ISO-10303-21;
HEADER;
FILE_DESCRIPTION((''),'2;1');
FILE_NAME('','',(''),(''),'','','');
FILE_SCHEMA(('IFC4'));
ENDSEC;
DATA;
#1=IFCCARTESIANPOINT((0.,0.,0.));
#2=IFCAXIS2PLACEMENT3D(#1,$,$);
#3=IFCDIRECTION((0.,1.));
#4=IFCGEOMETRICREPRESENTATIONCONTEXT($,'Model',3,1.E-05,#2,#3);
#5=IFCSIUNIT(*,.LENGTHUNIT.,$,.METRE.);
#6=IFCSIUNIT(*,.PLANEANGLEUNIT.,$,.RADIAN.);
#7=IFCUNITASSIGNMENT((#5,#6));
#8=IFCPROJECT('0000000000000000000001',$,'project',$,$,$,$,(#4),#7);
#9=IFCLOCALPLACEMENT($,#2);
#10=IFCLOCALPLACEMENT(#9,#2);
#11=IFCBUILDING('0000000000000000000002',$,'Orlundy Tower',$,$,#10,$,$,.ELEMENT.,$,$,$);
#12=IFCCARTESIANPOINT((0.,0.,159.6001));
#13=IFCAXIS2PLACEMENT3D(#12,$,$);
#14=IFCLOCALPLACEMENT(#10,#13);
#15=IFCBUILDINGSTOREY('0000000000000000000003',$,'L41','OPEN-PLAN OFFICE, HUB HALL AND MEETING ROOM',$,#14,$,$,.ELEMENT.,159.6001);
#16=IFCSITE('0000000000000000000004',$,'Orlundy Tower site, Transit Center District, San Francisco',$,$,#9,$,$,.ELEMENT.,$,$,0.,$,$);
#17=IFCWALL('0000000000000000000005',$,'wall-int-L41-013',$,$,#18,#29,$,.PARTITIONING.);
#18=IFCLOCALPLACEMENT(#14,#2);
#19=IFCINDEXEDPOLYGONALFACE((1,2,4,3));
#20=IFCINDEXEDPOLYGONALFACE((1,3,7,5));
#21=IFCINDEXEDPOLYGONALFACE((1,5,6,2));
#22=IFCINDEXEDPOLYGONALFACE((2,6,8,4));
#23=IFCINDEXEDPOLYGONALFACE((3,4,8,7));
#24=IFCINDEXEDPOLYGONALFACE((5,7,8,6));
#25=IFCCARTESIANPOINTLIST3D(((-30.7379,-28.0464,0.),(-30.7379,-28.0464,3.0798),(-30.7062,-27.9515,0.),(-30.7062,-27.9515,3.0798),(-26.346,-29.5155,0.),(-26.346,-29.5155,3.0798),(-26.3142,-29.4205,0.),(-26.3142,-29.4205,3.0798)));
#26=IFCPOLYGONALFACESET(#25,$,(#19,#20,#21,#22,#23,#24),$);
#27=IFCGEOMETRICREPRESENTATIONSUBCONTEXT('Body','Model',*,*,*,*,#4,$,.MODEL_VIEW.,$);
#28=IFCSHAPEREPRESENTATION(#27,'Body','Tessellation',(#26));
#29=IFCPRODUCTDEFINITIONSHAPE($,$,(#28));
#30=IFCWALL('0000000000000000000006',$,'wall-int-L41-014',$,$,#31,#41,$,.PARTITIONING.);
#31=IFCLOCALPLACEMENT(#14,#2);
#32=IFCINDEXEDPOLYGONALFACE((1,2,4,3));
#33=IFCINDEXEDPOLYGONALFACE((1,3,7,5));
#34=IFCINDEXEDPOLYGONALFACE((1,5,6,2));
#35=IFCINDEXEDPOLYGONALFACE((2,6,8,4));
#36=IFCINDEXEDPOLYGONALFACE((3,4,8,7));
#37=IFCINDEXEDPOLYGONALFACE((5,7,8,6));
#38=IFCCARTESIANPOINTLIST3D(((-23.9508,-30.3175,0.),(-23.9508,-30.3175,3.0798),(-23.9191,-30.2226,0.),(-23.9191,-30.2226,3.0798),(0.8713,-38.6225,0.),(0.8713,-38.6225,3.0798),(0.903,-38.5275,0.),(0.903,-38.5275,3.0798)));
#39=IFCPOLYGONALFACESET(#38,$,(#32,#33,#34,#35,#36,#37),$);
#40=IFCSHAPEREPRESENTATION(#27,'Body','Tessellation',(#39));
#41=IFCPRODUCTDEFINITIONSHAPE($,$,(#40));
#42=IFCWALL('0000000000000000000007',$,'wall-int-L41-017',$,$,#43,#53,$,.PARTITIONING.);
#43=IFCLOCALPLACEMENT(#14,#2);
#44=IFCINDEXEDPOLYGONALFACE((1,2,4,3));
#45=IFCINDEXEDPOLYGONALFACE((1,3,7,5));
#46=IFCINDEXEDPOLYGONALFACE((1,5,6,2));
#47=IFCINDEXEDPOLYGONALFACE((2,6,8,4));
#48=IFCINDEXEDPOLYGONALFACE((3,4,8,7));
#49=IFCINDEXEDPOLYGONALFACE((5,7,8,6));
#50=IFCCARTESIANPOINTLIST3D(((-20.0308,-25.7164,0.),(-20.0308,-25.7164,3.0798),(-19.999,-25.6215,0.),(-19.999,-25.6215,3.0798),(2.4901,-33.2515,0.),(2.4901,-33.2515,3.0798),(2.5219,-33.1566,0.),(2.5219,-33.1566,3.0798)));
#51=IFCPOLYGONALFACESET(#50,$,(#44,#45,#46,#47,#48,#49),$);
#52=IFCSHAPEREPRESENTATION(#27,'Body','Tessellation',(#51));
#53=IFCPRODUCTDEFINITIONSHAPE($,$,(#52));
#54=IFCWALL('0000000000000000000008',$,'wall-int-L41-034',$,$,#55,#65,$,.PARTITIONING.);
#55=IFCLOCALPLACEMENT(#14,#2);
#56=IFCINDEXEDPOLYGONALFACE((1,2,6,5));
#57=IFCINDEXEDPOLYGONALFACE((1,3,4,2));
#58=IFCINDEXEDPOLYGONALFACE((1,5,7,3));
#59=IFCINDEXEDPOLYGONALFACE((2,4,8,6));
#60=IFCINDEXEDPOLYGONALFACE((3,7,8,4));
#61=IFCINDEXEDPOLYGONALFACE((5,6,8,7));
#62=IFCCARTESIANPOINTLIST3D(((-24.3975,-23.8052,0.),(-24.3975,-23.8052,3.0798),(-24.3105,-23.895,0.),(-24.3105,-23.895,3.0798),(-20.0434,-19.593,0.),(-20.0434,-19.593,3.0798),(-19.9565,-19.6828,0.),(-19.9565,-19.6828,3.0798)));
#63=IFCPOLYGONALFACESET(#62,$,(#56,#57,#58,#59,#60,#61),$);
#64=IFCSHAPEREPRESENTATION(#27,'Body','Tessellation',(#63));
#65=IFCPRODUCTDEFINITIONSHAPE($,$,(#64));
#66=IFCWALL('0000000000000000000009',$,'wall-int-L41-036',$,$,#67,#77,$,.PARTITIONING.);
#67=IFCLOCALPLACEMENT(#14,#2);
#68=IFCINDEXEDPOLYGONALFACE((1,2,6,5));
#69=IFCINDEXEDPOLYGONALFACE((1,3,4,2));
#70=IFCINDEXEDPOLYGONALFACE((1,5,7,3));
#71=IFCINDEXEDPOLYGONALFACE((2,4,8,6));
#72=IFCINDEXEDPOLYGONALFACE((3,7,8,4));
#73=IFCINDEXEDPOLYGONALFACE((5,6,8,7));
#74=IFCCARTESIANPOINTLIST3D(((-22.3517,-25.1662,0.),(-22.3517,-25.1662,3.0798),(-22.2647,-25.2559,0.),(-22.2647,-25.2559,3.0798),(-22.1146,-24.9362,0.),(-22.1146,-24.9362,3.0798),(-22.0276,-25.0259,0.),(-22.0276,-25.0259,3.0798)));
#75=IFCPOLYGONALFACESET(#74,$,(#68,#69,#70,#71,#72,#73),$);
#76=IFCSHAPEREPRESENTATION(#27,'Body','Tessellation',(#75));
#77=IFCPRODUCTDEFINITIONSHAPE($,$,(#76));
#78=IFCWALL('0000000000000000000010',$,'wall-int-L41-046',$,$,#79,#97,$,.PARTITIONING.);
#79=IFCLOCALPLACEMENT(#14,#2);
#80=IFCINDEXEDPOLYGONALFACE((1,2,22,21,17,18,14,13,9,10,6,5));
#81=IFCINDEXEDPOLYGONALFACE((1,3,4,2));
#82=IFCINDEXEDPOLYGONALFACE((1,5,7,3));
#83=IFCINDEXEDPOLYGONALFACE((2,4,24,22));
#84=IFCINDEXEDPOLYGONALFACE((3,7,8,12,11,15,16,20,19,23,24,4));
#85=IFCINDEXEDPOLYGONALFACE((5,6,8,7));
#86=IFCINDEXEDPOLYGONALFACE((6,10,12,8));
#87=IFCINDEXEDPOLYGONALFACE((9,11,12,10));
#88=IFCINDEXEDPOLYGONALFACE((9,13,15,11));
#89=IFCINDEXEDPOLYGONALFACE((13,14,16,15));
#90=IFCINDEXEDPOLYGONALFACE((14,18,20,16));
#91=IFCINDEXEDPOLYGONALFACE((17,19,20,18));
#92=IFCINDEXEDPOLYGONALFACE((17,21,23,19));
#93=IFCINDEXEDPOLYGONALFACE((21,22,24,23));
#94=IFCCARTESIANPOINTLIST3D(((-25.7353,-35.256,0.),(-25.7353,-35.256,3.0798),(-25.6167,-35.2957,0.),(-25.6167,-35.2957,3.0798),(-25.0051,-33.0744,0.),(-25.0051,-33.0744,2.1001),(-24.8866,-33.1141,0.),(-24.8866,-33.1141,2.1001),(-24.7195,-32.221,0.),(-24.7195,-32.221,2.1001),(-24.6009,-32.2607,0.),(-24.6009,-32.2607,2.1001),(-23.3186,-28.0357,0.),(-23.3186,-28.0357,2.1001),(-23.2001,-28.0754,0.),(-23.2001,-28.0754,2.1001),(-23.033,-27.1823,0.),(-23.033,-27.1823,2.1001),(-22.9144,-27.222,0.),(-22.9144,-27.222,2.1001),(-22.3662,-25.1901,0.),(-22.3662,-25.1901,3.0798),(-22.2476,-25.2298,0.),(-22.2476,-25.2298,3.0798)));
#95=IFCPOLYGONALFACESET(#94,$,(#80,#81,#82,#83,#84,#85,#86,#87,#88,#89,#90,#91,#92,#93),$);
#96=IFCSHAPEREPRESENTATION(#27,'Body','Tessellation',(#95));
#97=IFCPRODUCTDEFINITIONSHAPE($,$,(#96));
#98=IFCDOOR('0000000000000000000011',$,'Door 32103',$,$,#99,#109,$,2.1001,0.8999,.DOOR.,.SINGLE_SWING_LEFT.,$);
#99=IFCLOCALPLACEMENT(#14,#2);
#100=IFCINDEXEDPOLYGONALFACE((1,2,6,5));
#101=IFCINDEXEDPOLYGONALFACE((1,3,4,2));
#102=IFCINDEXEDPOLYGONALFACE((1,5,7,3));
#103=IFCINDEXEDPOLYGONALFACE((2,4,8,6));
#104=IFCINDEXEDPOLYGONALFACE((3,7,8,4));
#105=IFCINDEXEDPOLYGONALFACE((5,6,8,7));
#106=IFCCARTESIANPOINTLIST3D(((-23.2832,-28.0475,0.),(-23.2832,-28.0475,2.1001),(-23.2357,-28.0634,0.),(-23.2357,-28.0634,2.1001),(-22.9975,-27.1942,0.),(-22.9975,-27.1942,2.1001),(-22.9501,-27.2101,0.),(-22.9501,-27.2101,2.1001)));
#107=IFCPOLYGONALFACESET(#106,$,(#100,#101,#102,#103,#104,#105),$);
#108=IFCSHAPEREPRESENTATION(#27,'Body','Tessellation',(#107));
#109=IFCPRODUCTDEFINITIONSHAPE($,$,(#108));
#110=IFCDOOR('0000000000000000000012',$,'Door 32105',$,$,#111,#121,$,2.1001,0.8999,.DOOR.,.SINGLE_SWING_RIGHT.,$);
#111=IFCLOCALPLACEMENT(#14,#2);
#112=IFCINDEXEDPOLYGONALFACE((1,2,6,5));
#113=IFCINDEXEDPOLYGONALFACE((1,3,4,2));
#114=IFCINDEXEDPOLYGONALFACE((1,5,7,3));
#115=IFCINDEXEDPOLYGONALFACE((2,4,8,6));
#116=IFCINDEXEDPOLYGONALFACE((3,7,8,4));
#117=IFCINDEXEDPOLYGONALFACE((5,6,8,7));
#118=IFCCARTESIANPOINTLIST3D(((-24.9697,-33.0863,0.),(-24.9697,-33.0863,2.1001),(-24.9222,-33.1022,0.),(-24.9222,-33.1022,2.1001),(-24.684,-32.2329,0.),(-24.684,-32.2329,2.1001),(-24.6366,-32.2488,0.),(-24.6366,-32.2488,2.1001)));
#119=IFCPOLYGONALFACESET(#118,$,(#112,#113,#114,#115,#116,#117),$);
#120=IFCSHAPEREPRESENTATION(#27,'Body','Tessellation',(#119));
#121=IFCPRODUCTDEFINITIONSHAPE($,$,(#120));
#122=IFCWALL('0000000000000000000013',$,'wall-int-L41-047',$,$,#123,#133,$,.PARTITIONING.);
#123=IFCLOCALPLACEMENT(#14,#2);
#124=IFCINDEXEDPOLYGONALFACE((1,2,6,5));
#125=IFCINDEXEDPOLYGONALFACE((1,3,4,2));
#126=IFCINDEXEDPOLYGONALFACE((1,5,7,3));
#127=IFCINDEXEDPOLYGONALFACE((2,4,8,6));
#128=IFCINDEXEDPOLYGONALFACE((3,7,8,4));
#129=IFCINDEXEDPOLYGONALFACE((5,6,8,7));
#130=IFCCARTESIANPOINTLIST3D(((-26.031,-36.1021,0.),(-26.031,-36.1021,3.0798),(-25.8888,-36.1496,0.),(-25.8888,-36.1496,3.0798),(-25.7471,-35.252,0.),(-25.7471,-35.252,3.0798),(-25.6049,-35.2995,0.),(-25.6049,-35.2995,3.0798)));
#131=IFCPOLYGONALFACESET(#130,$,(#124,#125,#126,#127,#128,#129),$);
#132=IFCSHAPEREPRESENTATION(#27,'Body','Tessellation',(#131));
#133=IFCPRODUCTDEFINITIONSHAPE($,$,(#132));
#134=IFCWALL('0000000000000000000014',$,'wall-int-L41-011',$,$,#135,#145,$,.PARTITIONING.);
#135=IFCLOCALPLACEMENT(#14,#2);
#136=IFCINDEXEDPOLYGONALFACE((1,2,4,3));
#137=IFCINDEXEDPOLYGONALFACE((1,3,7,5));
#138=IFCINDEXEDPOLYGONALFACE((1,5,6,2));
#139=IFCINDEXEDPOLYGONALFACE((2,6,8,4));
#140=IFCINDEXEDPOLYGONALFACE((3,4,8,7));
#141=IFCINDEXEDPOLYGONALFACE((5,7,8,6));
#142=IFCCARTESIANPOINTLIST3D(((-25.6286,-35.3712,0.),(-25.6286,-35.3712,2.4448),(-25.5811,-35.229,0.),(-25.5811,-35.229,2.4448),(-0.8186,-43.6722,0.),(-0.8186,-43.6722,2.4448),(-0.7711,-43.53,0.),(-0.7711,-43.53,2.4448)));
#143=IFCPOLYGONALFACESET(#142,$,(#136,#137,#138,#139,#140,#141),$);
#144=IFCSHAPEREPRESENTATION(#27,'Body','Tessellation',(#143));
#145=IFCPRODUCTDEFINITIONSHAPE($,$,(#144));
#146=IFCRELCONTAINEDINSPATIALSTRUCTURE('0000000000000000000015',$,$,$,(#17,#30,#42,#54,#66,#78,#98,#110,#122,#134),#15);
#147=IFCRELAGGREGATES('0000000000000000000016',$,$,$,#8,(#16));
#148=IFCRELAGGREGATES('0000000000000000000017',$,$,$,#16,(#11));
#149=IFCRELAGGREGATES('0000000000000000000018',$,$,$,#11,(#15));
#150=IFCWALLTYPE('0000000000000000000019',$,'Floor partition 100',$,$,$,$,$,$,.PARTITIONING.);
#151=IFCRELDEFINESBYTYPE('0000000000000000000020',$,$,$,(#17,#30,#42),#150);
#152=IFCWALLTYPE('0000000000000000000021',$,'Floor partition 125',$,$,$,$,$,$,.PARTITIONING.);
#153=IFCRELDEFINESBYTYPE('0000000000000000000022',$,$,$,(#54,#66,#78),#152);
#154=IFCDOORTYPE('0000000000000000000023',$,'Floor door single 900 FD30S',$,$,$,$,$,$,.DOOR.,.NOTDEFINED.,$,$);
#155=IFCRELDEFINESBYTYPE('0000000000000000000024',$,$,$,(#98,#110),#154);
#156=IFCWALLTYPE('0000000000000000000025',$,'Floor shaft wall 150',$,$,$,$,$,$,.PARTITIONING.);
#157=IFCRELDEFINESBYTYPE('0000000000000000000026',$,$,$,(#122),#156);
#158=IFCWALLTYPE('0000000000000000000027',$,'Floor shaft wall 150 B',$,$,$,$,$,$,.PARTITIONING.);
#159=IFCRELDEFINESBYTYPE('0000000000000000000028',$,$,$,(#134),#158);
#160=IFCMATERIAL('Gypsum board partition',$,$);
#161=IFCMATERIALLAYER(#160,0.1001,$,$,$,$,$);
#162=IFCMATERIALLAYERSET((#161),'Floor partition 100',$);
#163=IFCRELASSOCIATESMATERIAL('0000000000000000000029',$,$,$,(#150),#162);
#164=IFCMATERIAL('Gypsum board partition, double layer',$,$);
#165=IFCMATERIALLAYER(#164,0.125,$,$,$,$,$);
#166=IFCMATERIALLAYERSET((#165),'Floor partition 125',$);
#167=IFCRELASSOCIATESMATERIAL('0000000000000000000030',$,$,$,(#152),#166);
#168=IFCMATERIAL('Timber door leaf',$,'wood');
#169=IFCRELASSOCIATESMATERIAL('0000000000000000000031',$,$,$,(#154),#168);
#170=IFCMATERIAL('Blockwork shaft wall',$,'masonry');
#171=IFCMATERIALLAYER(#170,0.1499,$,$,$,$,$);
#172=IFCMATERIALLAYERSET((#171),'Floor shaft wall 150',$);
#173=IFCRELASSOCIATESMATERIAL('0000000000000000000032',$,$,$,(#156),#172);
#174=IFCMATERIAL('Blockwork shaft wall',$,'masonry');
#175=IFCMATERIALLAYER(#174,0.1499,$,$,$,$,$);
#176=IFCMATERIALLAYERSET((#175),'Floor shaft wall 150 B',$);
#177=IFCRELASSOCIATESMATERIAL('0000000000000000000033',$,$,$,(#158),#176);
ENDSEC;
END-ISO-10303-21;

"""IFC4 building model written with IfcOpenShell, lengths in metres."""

from ifc_helpers import new_model, si_unit, direction, frame, frame_2d, origin, place, context, subcontext, project, spatial, rectangle, extrude, material, layer, layer_set, type_object, element, fill, save


model = new_model("IFC4")

# Units and contexts
model_context = context("Model", 3, precision=1e-05, world=origin(), true_north=direction((0.0, 1.0)))
body_context = subcontext(model_context, "Body", "Model", "MODEL_VIEW")
ifc_project = project(units=[si_unit("LENGTHUNIT", "METRE"), si_unit("PLANEANGLEUNIT", "RADIAN")], contexts=[model_context])

# Site, building, storey
site_placement = place(None, origin())
site = spatial("IfcSite", under=ifc_project, at=site_placement, Name="Orlundy Tower site, Transit Center District, San Francisco", CompositionType="ELEMENT", RefElevation=0.0)
building_placement = place(site_placement, origin())
building = spatial("IfcBuilding", under=site, at=building_placement, Name="Orlundy Tower", CompositionType="ELEMENT")
storey_placement = place(building_placement, frame((0.0, 0.0, 159.6001)))
storey = spatial("IfcBuildingStorey", under=building, at=storey_placement, Name="L41", Description="OPEN-PLAN OFFICE, HUB HALL AND MEETING ROOM", CompositionType="ELEMENT", Elevation=159.6001)

# Walls
ifc_material_1 = material(Name="Gypsum board partition")
ifc_layer_1 = layer(ifc_material_1, 0.1001)
ifc_layer_set_1 = layer_set([ifc_layer_1], Name="Floor partition 100")
wall_type_1 = type_object("IfcWallType", Name="Floor partition 100", PredefinedType="PARTITIONING", material=ifc_layer_set_1)
wall_1_placement = place(storey_placement, frame((-30.7219, -27.999, 0.0), z_axis=(0.0, 0.0, 1.0), x_axis=(0.948356, -0.317208, 0.0)))
element("IfcWall", 1, at=wall_1_placement, inside=storey, type_object=wall_type_1, Name="wall-int-L41-013", PredefinedType="PARTITIONING", context=body_context, shape_type="SweptSolid", body=[
    extrude(rectangle(XDim=4.6311, YDim=0.1001, at=frame_2d((2.3154, 0.0))), origin(), (0.0, 0.0, 1.0), 3.0798),
])
wall_2_placement = place(storey_placement, frame((-23.9351, -30.27, 0.0), z_axis=(0.0, 0.0, 1.0), x_axis=(0.948328, -0.317291, 0.0)))
element("IfcWall", 2, at=wall_2_placement, inside=storey, type_object=wall_type_1, Name="wall-int-L41-014", PredefinedType="PARTITIONING", context=body_context, shape_type="SweptSolid", body=[
    extrude(rectangle(XDim=26.1746, YDim=0.1001, at=frame_2d((13.0874, 0.0))), origin(), (0.0, 0.0, 1.0), 3.0798),
])
wall_3_placement = place(storey_placement, frame((-20.0149, -25.6689, 0.0), z_axis=(0.0, 0.0, 1.0), x_axis=(0.948327, -0.317295, 0.0)))
element("IfcWall", 3, at=wall_3_placement, inside=storey, type_object=wall_type_1, Name="wall-int-L41-017", PredefinedType="PARTITIONING", context=body_context, shape_type="SweptSolid", body=[
    extrude(rectangle(XDim=23.748, YDim=0.1001, at=frame_2d((11.874, 0.0))), origin(), (0.0, 0.0, 1.0), 3.0798),
])
ifc_material_2 = material(Name="Gypsum board partition, double layer")
ifc_layer_2 = layer(ifc_material_2, 0.125)
ifc_layer_set_2 = layer_set([ifc_layer_2], Name="Floor partition 125")
wall_type_2 = type_object("IfcWallType", Name="Floor partition 125", PredefinedType="PARTITIONING", material=ifc_layer_set_2)
wall_4_placement = place(storey_placement, frame((-24.354, -23.8501, 0.0), z_axis=(0.0, 0.0, 1.0), x_axis=(0.718717, 0.695303, 0.0)))
element("IfcWall", 4, at=wall_4_placement, inside=storey, type_object=wall_type_2, Name="wall-int-L41-034", PredefinedType="PARTITIONING", context=body_context, shape_type="SweptSolid", body=[
    extrude(rectangle(XDim=6.0581, YDim=0.125, at=frame_2d((3.0291, 0.0))), origin(), (0.0, 0.0, 1.0), 3.0798),
])
wall_5_placement = place(storey_placement, frame((-22.3081, -25.2109, 0.0), z_axis=(0.0, 0.0, 1.0), x_axis=(0.717744, 0.696307, 0.0)))
element("IfcWall", 5, at=wall_5_placement, inside=storey, type_object=wall_type_2, Name="wall-int-L41-036", PredefinedType="PARTITIONING", context=body_context, shape_type="SweptSolid", body=[
    extrude(rectangle(XDim=0.3303, YDim=0.125, at=frame_2d((0.165, 0.0))), origin(), (0.0, 0.0, 1.0), 3.0798),
])

# Wall, openings, doors
wall_6_placement = place(storey_placement, frame((-22.3069, -25.21, 0.0), z_axis=(0.0, 0.0, 1.0), x_axis=(-0.317401, -0.948292, 0.0)))
wall_6 = element("IfcWall", 6, at=wall_6_placement, inside=storey, type_object=wall_type_2, Name="wall-int-L41-046", PredefinedType="PARTITIONING", context=body_context, shape_type="SweptSolid", body=[
    extrude(rectangle(XDim=10.6147, YDim=0.125, at=frame_2d((5.3074, 0.0))), origin(), (0.0, 0.0, 1.0), 3.0798),
])
opening_1_placement = place(wall_6_placement, frame((2.1008, 0.0, 0.0)))
opening_1 = element("IfcOpeningElement", 7, at=opening_1_placement, cuts=wall_6, PredefinedType="OPENING", context=body_context, shape_type="SweptSolid", body=[
    extrude(rectangle(XDim=0.8999, YDim=2.1001, at=frame_2d((0.45, 1.05))), frame((0.0, 0.0725, 0.0), z_axis=(0.0, -1.0, 0.0), x_axis=(1.0, 0.0, 0.0)), (0.0, 0.0, 1.0), 0.145),
])
opening_2_placement = place(wall_6_placement, frame((7.4143, 0.0, 0.0)))
opening_2 = element("IfcOpeningElement", 8, at=opening_2_placement, cuts=wall_6, PredefinedType="OPENING", context=body_context, shape_type="SweptSolid", body=[
    extrude(rectangle(XDim=0.8999, YDim=2.1001, at=frame_2d((0.45, 1.05))), frame((0.0, 0.0725, 0.0), z_axis=(0.0, -1.0, 0.0), x_axis=(1.0, 0.0, 0.0)), (0.0, 0.0, 1.0), 0.145),
])
ifc_material_3 = material(Name="Timber door leaf", Category="wood")
door_type = type_object("IfcDoorType", Name="Floor door single 900 FD30S", OperationType="NOTDEFINED", PredefinedType="DOOR", material=ifc_material_3)
door_1_placement = place(opening_1_placement, origin())
door_1 = element("IfcDoor", 9, at=door_1_placement, inside=storey, type_object=door_type, Name="Door 32103", OperationType="SINGLE_SWING_LEFT", OverallHeight=2.1001, OverallWidth=0.8999, PredefinedType="DOOR", context=body_context, shape_type="SweptSolid", body=[
    extrude(rectangle(XDim=0.8999, YDim=2.1001, at=frame_2d((0.45, 1.05))), frame((0.0, 0.0249, 0.0), z_axis=(0.0, -1.0, 0.0), x_axis=(1.0, 0.0, 0.0)), (0.0, 0.0, 1.0), 0.05),
])
fill(opening_1, door_1)
door_2_placement = place(opening_2_placement, origin())
door_2 = element("IfcDoor", 10, at=door_2_placement, inside=storey, type_object=door_type, Name="Door 32105", OperationType="SINGLE_SWING_RIGHT", OverallHeight=2.1001, OverallWidth=0.8999, PredefinedType="DOOR", context=body_context, shape_type="SweptSolid", body=[
    extrude(rectangle(XDim=0.8999, YDim=2.1001, at=frame_2d((0.45, 1.05))), frame((0.0, 0.0249, 0.0), z_axis=(0.0, -1.0, 0.0), x_axis=(1.0, 0.0, 0.0)), (0.0, 0.0, 1.0), 0.05),
])
fill(opening_2, door_2)

# Walls
ifc_material_4 = material(Name="Blockwork shaft wall", Category="masonry")
ifc_layer_3 = layer(ifc_material_4, 0.1499)
ifc_layer_set_3 = layer_set([ifc_layer_3], Name="Floor shaft wall 150")
wall_type_3 = type_object("IfcWallType", Name="Floor shaft wall 150", PredefinedType="PARTITIONING", material=ifc_layer_set_3)
wall_7_placement = place(storey_placement, frame((-25.96, -36.126, 0.0), z_axis=(0.0, 0.0, 1.0), x_axis=(0.3168, 0.948492, 0.0)))
element("IfcWall", 11, at=wall_7_placement, inside=storey, type_object=wall_type_3, Name="wall-int-L41-047", PredefinedType="PARTITIONING", context=body_context, shape_type="SweptSolid", body=[
    extrude(rectangle(XDim=0.8962, YDim=0.1499, at=frame_2d((0.4482, 0.0))), origin(), (0.0, 0.0, 1.0), 3.0798),
])
ifc_material_5 = material(Name="Blockwork shaft wall", Category="masonry")
ifc_layer_4 = layer(ifc_material_5, 0.1499)
ifc_layer_set_4 = layer_set([ifc_layer_4], Name="Floor shaft wall 150 B")
wall_type_4 = type_object("IfcWallType", Name="Floor shaft wall 150 B", PredefinedType="PARTITIONING", material=ifc_layer_set_4)
wall_8_placement = place(storey_placement, frame((-25.605, -35.3, 0.0), z_axis=(0.0, 0.0, 1.0), x_axis=(0.948327, -0.317294, 0.0)))
element("IfcWall", 12, at=wall_8_placement, inside=storey, type_object=wall_type_4, Name="wall-int-L41-011", PredefinedType="PARTITIONING", context=body_context, shape_type="SweptSolid", body=[
    extrude(rectangle(XDim=26.1619, YDim=0.1499, at=frame_2d((13.0811, 0.0))), origin(), (0.0, 0.0, 1.0), 2.4448),
])

save(model, "model.ifc")
